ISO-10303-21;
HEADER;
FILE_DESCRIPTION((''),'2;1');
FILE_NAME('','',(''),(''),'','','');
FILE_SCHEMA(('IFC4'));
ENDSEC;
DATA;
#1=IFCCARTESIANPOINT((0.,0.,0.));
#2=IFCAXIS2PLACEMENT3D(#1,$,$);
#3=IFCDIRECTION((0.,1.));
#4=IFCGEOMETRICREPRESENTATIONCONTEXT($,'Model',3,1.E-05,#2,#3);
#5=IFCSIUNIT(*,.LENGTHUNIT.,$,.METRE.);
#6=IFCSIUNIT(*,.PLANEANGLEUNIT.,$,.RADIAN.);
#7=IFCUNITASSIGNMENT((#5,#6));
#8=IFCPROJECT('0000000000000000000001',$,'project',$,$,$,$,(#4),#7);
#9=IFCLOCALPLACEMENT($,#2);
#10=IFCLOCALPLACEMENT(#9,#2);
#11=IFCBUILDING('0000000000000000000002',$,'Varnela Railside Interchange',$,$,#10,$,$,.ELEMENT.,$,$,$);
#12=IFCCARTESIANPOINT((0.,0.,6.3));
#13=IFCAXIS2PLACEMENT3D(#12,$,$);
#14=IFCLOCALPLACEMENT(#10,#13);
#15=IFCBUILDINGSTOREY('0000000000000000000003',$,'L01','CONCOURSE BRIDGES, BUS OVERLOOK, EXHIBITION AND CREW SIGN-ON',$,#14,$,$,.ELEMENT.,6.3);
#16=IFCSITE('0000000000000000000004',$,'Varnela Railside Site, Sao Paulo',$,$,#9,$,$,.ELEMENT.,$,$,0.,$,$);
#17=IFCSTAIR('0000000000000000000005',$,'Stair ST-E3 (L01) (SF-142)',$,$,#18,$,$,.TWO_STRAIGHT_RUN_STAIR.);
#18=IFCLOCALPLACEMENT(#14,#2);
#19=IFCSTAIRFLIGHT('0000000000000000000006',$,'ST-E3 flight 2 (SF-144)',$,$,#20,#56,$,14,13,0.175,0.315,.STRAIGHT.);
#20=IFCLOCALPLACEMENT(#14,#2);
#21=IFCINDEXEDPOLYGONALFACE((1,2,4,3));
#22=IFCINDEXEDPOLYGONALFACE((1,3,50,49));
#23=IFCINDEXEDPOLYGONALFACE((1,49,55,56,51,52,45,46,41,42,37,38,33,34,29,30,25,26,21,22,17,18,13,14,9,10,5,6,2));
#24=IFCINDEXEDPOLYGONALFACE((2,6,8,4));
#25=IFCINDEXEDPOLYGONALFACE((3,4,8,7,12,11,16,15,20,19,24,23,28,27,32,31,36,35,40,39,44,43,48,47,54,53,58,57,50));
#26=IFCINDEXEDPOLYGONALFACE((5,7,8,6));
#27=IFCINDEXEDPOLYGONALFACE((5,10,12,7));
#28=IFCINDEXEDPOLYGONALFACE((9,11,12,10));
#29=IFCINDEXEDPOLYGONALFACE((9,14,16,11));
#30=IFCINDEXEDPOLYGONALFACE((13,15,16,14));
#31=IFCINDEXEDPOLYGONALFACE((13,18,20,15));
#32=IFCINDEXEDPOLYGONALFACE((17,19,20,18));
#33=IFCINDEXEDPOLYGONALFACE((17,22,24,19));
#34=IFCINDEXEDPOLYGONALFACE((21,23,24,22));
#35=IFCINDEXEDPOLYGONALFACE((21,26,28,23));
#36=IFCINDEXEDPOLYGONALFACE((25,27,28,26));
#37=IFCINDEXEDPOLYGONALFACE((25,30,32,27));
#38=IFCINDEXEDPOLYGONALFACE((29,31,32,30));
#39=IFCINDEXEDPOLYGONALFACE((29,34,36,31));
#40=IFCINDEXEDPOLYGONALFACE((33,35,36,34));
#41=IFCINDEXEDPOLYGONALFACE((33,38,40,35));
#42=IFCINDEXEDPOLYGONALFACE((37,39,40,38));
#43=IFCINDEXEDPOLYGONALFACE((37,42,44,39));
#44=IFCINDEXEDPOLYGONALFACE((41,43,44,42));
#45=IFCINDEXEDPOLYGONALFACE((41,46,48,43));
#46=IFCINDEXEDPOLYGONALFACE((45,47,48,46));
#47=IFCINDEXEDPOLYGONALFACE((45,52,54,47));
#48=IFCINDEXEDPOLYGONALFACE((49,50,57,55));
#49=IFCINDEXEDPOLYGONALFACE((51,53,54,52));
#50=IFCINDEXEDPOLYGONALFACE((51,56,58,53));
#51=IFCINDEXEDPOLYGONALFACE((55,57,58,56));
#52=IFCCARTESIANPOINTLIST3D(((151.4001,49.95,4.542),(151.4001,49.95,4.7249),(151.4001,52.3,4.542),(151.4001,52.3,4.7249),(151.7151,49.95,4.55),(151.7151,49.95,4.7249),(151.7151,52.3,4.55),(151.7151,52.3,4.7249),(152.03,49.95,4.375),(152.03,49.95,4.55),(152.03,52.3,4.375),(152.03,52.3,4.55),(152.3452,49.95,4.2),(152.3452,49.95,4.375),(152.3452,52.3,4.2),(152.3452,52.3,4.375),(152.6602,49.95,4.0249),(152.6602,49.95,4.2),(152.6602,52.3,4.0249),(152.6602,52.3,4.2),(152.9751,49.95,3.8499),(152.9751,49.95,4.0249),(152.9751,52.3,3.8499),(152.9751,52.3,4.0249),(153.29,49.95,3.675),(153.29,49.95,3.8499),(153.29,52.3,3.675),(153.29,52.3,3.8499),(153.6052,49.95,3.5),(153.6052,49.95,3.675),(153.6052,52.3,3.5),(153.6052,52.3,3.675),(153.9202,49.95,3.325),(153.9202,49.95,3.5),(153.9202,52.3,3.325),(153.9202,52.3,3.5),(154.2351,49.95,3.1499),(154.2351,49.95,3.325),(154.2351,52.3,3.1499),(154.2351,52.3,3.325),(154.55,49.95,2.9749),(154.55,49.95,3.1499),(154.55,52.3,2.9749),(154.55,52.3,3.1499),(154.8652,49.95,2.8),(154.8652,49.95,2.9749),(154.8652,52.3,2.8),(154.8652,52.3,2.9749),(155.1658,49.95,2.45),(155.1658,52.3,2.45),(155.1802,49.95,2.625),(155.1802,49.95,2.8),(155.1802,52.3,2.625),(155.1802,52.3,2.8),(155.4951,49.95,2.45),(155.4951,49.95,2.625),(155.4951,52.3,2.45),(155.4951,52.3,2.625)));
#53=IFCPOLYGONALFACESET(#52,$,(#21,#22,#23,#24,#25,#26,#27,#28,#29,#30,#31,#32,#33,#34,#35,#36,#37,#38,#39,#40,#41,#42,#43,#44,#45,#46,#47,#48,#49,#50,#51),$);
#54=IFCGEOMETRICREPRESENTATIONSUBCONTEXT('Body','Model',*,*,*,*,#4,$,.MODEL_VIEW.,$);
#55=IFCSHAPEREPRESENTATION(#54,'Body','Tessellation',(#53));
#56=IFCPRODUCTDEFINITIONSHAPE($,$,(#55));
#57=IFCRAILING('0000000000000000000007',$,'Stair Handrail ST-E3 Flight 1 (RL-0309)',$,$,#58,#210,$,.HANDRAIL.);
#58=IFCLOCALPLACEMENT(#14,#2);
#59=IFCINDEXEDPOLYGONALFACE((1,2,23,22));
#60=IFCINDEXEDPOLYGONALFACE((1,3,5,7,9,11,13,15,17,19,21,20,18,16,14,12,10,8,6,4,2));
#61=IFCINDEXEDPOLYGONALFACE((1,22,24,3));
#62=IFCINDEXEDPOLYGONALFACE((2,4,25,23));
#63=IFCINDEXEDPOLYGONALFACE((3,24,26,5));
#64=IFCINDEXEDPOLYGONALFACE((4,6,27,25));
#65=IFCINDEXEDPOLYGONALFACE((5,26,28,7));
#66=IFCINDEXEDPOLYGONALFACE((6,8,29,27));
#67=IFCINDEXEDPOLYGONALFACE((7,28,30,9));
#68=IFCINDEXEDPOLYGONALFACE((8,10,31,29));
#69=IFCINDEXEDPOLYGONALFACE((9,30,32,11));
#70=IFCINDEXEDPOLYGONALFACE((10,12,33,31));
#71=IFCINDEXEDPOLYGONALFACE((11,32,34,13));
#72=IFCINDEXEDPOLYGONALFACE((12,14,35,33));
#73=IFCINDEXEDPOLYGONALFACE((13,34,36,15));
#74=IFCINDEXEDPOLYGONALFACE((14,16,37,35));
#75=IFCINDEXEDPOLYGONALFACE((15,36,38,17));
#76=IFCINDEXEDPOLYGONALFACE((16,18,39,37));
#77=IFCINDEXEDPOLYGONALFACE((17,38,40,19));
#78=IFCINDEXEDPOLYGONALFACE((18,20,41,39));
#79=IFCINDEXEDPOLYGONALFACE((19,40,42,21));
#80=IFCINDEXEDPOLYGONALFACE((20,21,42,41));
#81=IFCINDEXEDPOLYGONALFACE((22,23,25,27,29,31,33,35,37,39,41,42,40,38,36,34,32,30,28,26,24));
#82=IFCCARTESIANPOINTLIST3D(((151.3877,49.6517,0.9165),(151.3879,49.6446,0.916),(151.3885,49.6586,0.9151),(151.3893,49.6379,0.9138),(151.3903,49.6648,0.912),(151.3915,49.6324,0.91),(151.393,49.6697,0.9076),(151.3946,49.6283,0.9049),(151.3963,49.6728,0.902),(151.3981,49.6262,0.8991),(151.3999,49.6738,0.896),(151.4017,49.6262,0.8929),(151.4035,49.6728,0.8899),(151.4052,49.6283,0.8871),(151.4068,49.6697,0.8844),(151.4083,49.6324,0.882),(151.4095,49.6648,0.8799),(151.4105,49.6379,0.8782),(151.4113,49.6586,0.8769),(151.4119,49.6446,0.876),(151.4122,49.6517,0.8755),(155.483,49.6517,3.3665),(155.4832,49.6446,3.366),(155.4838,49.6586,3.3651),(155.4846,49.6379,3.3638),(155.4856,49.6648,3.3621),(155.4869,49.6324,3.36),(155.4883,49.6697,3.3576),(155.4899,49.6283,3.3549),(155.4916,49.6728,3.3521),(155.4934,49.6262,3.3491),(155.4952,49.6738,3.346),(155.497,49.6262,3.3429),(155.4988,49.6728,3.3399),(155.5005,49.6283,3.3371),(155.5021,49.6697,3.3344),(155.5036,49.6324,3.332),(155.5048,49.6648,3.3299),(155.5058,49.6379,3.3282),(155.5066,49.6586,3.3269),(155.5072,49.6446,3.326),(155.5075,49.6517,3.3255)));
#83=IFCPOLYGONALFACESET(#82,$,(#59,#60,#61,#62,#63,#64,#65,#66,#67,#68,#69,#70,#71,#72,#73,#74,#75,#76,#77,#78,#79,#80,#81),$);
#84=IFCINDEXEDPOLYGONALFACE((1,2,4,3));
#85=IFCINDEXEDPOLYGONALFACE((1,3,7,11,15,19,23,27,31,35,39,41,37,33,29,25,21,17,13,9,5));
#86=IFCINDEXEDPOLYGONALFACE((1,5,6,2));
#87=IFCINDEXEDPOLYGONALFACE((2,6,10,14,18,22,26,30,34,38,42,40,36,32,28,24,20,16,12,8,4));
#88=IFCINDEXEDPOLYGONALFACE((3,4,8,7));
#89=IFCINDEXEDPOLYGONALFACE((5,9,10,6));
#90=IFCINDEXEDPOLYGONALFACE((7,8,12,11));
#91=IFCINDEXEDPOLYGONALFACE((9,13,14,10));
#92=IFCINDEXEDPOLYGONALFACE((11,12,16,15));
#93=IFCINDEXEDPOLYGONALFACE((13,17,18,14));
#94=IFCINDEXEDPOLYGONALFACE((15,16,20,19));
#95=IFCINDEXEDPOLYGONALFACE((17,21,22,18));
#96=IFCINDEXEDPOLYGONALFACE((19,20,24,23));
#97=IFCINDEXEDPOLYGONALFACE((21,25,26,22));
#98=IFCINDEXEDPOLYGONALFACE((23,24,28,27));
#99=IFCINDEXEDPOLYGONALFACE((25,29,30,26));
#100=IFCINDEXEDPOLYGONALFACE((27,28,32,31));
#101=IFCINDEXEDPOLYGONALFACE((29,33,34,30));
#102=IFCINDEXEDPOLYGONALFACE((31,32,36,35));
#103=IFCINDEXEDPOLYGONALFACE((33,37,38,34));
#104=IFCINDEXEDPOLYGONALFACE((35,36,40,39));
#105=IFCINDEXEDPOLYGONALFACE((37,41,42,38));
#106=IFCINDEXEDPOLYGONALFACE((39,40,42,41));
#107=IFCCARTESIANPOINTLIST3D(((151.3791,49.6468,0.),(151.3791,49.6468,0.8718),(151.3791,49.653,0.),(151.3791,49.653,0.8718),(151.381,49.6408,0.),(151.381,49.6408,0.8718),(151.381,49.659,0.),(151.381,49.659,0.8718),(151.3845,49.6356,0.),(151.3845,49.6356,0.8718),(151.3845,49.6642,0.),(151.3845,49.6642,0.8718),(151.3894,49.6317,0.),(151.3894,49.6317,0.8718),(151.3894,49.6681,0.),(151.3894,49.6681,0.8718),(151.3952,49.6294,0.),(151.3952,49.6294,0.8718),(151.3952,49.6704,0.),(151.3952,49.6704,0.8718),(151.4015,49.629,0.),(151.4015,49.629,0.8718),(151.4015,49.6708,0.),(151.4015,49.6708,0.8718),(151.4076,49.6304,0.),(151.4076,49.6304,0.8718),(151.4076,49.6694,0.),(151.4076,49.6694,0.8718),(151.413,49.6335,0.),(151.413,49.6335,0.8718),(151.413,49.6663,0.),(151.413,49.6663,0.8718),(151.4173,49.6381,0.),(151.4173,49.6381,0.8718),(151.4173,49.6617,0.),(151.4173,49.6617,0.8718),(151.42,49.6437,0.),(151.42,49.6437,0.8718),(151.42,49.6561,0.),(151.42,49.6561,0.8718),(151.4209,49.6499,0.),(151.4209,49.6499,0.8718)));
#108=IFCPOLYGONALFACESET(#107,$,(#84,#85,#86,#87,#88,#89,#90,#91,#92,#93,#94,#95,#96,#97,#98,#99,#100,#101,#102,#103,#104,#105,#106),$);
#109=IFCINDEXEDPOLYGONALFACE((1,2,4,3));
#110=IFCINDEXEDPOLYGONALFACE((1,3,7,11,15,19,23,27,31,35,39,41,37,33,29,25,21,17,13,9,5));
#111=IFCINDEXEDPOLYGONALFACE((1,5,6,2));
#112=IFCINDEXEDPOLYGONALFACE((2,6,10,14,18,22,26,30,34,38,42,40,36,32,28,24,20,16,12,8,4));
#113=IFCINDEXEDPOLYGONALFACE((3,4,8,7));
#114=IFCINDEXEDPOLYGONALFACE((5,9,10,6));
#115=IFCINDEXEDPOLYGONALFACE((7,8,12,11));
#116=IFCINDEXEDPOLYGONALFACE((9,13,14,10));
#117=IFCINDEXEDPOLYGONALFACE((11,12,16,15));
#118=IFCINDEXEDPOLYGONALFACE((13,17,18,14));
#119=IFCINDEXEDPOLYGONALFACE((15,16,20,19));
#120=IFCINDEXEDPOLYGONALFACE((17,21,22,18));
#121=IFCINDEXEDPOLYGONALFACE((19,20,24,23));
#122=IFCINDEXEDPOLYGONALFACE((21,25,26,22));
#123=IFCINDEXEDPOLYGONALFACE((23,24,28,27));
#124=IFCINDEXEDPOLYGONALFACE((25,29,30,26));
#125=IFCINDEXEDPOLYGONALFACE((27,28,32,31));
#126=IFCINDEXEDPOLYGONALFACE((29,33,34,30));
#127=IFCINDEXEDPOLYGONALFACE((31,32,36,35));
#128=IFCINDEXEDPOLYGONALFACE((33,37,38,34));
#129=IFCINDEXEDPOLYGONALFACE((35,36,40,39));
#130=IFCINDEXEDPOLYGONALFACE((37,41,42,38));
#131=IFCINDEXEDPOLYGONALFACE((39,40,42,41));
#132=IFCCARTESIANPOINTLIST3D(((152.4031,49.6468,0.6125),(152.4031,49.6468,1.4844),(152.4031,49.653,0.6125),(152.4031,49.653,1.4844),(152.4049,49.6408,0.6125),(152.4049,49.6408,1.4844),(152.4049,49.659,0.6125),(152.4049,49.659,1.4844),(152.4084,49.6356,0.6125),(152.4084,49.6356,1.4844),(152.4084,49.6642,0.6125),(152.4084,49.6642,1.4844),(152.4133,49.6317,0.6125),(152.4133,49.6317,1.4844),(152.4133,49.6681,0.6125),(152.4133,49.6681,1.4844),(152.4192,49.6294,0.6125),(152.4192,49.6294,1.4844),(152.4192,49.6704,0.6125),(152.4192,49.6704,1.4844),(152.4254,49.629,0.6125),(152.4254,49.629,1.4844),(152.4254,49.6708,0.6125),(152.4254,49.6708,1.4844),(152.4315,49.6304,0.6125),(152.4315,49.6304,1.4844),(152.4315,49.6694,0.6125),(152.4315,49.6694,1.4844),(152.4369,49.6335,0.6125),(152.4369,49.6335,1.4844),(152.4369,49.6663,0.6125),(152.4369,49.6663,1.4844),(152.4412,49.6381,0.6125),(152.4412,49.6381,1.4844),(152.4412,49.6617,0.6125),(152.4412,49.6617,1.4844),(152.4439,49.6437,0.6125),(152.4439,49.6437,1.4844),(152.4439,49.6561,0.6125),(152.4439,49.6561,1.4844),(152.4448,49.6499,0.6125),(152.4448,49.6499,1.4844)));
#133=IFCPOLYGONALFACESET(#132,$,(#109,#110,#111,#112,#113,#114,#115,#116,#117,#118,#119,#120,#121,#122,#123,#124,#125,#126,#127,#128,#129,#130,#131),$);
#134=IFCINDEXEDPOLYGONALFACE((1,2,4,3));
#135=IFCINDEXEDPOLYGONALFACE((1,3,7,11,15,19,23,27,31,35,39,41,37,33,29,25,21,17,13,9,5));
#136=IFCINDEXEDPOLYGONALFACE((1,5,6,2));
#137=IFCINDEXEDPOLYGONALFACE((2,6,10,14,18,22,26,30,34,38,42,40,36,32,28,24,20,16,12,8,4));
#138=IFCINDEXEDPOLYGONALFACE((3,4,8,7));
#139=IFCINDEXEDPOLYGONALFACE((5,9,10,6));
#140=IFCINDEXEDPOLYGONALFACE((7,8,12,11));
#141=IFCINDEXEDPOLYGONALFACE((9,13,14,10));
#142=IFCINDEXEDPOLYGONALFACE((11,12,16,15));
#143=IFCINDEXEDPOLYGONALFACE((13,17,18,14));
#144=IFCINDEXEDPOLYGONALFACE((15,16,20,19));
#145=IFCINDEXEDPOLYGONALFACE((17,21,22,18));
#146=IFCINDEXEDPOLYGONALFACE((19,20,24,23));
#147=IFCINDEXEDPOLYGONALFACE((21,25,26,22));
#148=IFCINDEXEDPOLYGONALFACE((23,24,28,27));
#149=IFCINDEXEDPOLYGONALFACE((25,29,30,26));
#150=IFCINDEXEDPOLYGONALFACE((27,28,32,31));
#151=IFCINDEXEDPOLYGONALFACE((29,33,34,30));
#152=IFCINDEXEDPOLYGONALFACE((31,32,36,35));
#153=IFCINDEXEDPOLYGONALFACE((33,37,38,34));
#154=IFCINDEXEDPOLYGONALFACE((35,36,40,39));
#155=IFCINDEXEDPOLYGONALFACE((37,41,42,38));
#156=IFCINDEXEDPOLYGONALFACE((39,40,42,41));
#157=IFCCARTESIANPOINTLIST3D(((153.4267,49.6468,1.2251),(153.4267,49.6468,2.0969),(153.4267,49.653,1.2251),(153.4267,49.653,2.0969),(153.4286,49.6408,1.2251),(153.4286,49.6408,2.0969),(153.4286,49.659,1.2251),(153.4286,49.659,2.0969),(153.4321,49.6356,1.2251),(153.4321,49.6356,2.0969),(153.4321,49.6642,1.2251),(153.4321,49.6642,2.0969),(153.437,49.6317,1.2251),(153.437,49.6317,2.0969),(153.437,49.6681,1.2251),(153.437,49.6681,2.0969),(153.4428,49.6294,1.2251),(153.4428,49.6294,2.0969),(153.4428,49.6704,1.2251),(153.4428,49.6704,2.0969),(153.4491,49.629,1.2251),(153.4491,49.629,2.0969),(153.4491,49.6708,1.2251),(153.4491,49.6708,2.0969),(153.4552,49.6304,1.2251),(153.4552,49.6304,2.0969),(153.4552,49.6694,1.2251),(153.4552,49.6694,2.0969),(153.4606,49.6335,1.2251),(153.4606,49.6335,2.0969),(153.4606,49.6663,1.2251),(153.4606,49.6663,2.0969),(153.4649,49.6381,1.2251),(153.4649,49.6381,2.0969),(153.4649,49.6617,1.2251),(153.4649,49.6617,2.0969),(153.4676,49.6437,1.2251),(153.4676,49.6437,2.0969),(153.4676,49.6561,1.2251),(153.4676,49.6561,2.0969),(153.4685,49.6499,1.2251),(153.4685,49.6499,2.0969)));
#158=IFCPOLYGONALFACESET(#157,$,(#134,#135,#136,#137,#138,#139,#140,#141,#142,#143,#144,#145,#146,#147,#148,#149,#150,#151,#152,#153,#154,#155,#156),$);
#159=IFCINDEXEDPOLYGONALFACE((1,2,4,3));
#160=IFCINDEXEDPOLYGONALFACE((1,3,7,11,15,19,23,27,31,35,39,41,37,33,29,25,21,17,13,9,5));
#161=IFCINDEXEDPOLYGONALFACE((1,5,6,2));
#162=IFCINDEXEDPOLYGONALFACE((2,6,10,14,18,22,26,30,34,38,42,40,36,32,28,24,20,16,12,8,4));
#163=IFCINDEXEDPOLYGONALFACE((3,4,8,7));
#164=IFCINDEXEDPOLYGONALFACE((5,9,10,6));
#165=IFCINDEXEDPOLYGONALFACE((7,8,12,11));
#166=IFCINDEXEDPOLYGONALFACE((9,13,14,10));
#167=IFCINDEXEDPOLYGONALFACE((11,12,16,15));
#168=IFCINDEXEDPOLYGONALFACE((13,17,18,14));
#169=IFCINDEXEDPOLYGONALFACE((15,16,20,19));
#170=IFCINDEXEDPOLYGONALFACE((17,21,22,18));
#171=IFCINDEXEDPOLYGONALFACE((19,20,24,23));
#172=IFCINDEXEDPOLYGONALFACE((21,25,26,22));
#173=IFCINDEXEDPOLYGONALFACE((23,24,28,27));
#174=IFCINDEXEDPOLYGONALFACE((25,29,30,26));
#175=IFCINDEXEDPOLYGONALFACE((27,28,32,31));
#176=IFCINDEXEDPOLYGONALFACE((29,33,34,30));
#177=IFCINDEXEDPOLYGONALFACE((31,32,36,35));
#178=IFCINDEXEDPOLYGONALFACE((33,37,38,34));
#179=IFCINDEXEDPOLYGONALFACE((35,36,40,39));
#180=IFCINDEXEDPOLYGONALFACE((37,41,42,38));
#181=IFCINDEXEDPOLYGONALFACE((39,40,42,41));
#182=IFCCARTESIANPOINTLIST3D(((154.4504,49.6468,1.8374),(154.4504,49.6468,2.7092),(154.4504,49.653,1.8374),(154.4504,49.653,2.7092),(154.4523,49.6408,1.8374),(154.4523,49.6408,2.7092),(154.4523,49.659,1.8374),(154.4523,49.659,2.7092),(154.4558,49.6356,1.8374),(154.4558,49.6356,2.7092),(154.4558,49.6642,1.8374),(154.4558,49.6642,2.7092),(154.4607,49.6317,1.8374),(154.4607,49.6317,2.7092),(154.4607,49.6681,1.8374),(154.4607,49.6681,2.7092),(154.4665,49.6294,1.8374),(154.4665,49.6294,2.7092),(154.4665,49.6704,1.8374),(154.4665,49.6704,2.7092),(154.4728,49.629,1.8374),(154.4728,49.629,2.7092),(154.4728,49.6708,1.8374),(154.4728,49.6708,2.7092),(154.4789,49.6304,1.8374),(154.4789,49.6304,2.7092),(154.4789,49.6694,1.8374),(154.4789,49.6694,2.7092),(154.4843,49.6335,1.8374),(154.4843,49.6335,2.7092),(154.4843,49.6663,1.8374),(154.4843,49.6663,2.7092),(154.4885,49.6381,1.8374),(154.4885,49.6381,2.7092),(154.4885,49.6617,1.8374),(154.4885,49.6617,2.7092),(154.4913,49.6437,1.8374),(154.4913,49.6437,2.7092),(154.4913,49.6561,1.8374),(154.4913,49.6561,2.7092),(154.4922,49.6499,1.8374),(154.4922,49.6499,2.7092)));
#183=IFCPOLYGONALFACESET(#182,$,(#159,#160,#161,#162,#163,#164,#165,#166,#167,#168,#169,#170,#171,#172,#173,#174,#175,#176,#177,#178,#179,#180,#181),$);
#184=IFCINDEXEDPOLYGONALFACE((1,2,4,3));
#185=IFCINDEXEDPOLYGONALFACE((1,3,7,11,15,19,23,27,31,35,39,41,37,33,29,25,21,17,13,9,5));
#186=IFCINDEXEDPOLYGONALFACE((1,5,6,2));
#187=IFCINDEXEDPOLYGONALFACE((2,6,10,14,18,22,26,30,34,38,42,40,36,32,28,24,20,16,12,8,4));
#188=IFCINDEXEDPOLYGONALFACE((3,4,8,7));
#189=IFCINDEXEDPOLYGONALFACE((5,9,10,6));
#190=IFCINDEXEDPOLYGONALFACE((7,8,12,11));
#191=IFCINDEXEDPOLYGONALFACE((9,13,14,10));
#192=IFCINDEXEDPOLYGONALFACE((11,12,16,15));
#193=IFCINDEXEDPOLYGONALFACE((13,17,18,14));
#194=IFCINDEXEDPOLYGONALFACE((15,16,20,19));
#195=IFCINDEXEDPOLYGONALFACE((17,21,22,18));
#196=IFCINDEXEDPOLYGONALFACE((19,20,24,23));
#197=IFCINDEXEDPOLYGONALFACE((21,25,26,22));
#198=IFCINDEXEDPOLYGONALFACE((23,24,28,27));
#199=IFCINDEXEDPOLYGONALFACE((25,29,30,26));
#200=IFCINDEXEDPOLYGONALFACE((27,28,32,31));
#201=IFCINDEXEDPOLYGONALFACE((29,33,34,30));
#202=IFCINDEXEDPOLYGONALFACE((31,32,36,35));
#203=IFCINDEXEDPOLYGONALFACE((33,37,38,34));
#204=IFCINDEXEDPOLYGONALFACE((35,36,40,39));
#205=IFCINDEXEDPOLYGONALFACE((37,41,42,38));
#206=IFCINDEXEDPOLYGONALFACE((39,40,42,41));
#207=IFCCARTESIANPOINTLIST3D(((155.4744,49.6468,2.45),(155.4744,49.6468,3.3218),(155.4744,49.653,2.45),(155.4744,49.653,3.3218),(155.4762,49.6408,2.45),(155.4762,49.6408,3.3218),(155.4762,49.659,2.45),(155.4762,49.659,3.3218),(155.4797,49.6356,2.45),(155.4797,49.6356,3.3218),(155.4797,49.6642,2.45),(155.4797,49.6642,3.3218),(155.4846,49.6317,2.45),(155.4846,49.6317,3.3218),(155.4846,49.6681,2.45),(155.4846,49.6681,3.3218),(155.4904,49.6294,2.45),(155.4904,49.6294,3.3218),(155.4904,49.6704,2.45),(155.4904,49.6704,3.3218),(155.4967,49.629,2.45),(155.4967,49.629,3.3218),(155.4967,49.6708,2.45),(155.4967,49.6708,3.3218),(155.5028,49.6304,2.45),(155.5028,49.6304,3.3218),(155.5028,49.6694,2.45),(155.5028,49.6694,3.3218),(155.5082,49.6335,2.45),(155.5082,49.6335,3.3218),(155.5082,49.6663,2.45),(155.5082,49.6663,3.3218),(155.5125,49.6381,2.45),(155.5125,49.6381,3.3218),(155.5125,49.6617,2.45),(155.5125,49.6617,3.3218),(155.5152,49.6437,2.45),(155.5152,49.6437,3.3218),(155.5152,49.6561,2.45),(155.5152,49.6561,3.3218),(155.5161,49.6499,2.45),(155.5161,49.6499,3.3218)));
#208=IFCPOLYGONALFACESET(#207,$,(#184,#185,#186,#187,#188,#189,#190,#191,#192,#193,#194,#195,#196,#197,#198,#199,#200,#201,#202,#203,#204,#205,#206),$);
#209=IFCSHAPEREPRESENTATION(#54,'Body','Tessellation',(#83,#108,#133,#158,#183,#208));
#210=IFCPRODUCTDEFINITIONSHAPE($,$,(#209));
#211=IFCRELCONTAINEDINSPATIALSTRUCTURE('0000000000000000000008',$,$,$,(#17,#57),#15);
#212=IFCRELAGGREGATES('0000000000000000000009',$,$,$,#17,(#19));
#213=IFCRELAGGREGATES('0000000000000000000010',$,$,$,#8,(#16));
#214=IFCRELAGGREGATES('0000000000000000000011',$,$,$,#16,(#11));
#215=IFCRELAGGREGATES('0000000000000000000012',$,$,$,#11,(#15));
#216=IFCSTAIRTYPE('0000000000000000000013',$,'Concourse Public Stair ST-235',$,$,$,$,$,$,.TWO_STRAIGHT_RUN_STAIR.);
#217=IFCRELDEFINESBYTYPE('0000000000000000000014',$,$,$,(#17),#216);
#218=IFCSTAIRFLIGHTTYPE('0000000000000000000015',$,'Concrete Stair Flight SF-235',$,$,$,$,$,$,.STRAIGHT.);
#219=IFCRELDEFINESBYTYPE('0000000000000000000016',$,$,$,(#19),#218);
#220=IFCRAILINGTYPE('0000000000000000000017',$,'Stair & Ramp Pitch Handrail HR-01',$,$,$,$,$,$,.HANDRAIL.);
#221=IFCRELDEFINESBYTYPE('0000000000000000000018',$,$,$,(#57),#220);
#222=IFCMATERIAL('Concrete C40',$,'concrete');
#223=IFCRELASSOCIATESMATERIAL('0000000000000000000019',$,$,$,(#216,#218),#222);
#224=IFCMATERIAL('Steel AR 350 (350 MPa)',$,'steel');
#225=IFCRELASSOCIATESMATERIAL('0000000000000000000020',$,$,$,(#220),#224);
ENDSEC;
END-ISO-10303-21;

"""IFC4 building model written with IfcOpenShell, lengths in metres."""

from ifc_helpers import new_model, si_unit, direction, frame, origin, origin_2d, place, context, subcontext, project, spatial, polyline, circle, outline, extrude, material, type_object, element, aggregate, save


model = new_model("IFC4")

# Units and contexts
model_context = context("Model", 3, precision=1e-05, world=origin(), true_north=direction((0.0, 1.0)))
body_context = subcontext(model_context, "Body", "Model", "MODEL_VIEW")
ifc_project = project(units=[si_unit("LENGTHUNIT", "METRE"), si_unit("PLANEANGLEUNIT", "RADIAN")], contexts=[model_context])

# Site, building, storey
site_placement = place(None, origin())
site = spatial("IfcSite", under=ifc_project, at=site_placement, Name="Varnela Railside Site, Sao Paulo", CompositionType="ELEMENT", RefElevation=0.0)
building_placement = place(site_placement, origin())
building = spatial("IfcBuilding", under=site, at=building_placement, Name="Varnela Railside Interchange", CompositionType="ELEMENT")
storey_placement = place(building_placement, frame((0.0, 0.0, 6.3)))
storey = spatial("IfcBuildingStorey", under=building, at=storey_placement, Name="L01", Description="CONCOURSE BRIDGES, BUS OVERLOOK, EXHIBITION AND CREW SIGN-ON", CompositionType="ELEMENT", Elevation=6.3)

# Shared definitions
ifc_material_1 = material(Name="Steel AR 350 (350 MPa)", Category="steel")
ifc_material_2 = material(Name="Concrete C40", Category="concrete")

# Stair, stair flight
stair_type = type_object("IfcStairType", Name="Concourse Public Stair ST-235", PredefinedType="TWO_STRAIGHT_RUN_STAIR", material=ifc_material_2)
stair_placement = place(storey_placement, origin())
stair = element("IfcStair", 1, at=stair_placement, inside=storey, type_object=stair_type, Name="Stair ST-E3 (L01) (SF-142)", PredefinedType="TWO_STRAIGHT_RUN_STAIR")
stair_flight_type = type_object("IfcStairFlightType", Name="Concrete Stair Flight SF-235", PredefinedType="STRAIGHT", material=ifc_material_2)
stair_flight_1_placement = place(storey_placement, frame((155.4951, 51.125, 2.45), z_axis=(0.0, 0.0, 1.0), x_axis=(-1.0, 0.0, 0.0)))
stair_flight_1 = element("IfcStairFlight", 2, at=stair_flight_1_placement, type_object=stair_flight_type, Name="ST-E3 flight 2 (SF-144)", NumberOfRisers=14, NumberOfTreads=13, PredefinedType="STRAIGHT", RiserHeight=0.175, TreadLength=0.315, context=body_context, shape_type="SweptSolid", body=[
    extrude(outline(polyline([(0.0, 0.0), (0.0, 0.175), (0.3149, 0.175), (0.3149, 0.3501), (0.6299, 0.3501), (0.6299, 0.5249), (0.9451, 0.5249), (0.9451, 0.7), (1.26, 0.7), (1.26, 0.875), (1.575, 0.875), (1.575, 1.05), (1.8899, 1.05), (1.8899, 1.2251), (2.2051, 1.2251), (2.2051, 1.3999), (2.52, 1.3999), (2.52, 1.575), (2.835, 1.575), (2.835, 1.75), (3.1499, 1.75), (3.1499, 1.925), (3.4651, 1.925), (3.4651, 2.1001), (3.78, 2.1001), (3.78, 2.2749), (4.095, 2.2749), (4.095, 2.45), (4.095, 2.092), (0.3293, 0.0), (0.0, 0.0)])), frame((0.0, 1.175, 0.0), z_axis=(0.0, -1.0, 0.0), x_axis=(1.0, 0.0, 0.0)), (0.0, 0.0, 1.0), 2.3501),
])
aggregate(stair, [stair_flight_1])

# Railing
railing_type_1 = type_object("IfcRailingType", Name="Stair & Ramp Pitch Handrail HR-01", PredefinedType="HANDRAIL", material=ifc_material_1)
railing_1_placement = place(storey_placement, frame((151.3999, 49.6499, 0.0)))
element("IfcRailing", 3, at=railing_1_placement, inside=storey, type_object=railing_type_1, Name="Stair Handrail ST-E3 Flight 1 (RL-0309)", PredefinedType="HANDRAIL", context=body_context, shape_type="SweptSolid", body=[
    extrude(circle(Radius=0.0239, at=origin_2d()), frame((0.0, 0.0, 0.896), z_axis=(0.858156, 0.0, 0.513389), x_axis=(0.0, 1.0, 0.0)), (0.0, 0.0, 1.0), 4.7722),
    extrude(circle(Radius=0.021, at=origin_2d()), origin(), (0.0, 0.0, 1.0), 0.8718),
    extrude(circle(Radius=0.021, at=origin_2d()), frame((1.0239, 0.0, 0.6125)), (0.0, 0.0, 1.0), 0.8718),
    extrude(circle(Radius=0.021, at=origin_2d()), frame((2.0476, 0.0, 1.2251)), (0.0, 0.0, 1.0), 0.8718),
    extrude(circle(Radius=0.021, at=origin_2d()), frame((3.0713, 0.0, 1.8374)), (0.0, 0.0, 1.0), 0.8718),
    extrude(circle(Radius=0.021, at=origin_2d()), frame((4.0952, 0.0, 2.45)), (0.0, 0.0, 1.0), 0.8718),
])

save(model, "model.ifc")
